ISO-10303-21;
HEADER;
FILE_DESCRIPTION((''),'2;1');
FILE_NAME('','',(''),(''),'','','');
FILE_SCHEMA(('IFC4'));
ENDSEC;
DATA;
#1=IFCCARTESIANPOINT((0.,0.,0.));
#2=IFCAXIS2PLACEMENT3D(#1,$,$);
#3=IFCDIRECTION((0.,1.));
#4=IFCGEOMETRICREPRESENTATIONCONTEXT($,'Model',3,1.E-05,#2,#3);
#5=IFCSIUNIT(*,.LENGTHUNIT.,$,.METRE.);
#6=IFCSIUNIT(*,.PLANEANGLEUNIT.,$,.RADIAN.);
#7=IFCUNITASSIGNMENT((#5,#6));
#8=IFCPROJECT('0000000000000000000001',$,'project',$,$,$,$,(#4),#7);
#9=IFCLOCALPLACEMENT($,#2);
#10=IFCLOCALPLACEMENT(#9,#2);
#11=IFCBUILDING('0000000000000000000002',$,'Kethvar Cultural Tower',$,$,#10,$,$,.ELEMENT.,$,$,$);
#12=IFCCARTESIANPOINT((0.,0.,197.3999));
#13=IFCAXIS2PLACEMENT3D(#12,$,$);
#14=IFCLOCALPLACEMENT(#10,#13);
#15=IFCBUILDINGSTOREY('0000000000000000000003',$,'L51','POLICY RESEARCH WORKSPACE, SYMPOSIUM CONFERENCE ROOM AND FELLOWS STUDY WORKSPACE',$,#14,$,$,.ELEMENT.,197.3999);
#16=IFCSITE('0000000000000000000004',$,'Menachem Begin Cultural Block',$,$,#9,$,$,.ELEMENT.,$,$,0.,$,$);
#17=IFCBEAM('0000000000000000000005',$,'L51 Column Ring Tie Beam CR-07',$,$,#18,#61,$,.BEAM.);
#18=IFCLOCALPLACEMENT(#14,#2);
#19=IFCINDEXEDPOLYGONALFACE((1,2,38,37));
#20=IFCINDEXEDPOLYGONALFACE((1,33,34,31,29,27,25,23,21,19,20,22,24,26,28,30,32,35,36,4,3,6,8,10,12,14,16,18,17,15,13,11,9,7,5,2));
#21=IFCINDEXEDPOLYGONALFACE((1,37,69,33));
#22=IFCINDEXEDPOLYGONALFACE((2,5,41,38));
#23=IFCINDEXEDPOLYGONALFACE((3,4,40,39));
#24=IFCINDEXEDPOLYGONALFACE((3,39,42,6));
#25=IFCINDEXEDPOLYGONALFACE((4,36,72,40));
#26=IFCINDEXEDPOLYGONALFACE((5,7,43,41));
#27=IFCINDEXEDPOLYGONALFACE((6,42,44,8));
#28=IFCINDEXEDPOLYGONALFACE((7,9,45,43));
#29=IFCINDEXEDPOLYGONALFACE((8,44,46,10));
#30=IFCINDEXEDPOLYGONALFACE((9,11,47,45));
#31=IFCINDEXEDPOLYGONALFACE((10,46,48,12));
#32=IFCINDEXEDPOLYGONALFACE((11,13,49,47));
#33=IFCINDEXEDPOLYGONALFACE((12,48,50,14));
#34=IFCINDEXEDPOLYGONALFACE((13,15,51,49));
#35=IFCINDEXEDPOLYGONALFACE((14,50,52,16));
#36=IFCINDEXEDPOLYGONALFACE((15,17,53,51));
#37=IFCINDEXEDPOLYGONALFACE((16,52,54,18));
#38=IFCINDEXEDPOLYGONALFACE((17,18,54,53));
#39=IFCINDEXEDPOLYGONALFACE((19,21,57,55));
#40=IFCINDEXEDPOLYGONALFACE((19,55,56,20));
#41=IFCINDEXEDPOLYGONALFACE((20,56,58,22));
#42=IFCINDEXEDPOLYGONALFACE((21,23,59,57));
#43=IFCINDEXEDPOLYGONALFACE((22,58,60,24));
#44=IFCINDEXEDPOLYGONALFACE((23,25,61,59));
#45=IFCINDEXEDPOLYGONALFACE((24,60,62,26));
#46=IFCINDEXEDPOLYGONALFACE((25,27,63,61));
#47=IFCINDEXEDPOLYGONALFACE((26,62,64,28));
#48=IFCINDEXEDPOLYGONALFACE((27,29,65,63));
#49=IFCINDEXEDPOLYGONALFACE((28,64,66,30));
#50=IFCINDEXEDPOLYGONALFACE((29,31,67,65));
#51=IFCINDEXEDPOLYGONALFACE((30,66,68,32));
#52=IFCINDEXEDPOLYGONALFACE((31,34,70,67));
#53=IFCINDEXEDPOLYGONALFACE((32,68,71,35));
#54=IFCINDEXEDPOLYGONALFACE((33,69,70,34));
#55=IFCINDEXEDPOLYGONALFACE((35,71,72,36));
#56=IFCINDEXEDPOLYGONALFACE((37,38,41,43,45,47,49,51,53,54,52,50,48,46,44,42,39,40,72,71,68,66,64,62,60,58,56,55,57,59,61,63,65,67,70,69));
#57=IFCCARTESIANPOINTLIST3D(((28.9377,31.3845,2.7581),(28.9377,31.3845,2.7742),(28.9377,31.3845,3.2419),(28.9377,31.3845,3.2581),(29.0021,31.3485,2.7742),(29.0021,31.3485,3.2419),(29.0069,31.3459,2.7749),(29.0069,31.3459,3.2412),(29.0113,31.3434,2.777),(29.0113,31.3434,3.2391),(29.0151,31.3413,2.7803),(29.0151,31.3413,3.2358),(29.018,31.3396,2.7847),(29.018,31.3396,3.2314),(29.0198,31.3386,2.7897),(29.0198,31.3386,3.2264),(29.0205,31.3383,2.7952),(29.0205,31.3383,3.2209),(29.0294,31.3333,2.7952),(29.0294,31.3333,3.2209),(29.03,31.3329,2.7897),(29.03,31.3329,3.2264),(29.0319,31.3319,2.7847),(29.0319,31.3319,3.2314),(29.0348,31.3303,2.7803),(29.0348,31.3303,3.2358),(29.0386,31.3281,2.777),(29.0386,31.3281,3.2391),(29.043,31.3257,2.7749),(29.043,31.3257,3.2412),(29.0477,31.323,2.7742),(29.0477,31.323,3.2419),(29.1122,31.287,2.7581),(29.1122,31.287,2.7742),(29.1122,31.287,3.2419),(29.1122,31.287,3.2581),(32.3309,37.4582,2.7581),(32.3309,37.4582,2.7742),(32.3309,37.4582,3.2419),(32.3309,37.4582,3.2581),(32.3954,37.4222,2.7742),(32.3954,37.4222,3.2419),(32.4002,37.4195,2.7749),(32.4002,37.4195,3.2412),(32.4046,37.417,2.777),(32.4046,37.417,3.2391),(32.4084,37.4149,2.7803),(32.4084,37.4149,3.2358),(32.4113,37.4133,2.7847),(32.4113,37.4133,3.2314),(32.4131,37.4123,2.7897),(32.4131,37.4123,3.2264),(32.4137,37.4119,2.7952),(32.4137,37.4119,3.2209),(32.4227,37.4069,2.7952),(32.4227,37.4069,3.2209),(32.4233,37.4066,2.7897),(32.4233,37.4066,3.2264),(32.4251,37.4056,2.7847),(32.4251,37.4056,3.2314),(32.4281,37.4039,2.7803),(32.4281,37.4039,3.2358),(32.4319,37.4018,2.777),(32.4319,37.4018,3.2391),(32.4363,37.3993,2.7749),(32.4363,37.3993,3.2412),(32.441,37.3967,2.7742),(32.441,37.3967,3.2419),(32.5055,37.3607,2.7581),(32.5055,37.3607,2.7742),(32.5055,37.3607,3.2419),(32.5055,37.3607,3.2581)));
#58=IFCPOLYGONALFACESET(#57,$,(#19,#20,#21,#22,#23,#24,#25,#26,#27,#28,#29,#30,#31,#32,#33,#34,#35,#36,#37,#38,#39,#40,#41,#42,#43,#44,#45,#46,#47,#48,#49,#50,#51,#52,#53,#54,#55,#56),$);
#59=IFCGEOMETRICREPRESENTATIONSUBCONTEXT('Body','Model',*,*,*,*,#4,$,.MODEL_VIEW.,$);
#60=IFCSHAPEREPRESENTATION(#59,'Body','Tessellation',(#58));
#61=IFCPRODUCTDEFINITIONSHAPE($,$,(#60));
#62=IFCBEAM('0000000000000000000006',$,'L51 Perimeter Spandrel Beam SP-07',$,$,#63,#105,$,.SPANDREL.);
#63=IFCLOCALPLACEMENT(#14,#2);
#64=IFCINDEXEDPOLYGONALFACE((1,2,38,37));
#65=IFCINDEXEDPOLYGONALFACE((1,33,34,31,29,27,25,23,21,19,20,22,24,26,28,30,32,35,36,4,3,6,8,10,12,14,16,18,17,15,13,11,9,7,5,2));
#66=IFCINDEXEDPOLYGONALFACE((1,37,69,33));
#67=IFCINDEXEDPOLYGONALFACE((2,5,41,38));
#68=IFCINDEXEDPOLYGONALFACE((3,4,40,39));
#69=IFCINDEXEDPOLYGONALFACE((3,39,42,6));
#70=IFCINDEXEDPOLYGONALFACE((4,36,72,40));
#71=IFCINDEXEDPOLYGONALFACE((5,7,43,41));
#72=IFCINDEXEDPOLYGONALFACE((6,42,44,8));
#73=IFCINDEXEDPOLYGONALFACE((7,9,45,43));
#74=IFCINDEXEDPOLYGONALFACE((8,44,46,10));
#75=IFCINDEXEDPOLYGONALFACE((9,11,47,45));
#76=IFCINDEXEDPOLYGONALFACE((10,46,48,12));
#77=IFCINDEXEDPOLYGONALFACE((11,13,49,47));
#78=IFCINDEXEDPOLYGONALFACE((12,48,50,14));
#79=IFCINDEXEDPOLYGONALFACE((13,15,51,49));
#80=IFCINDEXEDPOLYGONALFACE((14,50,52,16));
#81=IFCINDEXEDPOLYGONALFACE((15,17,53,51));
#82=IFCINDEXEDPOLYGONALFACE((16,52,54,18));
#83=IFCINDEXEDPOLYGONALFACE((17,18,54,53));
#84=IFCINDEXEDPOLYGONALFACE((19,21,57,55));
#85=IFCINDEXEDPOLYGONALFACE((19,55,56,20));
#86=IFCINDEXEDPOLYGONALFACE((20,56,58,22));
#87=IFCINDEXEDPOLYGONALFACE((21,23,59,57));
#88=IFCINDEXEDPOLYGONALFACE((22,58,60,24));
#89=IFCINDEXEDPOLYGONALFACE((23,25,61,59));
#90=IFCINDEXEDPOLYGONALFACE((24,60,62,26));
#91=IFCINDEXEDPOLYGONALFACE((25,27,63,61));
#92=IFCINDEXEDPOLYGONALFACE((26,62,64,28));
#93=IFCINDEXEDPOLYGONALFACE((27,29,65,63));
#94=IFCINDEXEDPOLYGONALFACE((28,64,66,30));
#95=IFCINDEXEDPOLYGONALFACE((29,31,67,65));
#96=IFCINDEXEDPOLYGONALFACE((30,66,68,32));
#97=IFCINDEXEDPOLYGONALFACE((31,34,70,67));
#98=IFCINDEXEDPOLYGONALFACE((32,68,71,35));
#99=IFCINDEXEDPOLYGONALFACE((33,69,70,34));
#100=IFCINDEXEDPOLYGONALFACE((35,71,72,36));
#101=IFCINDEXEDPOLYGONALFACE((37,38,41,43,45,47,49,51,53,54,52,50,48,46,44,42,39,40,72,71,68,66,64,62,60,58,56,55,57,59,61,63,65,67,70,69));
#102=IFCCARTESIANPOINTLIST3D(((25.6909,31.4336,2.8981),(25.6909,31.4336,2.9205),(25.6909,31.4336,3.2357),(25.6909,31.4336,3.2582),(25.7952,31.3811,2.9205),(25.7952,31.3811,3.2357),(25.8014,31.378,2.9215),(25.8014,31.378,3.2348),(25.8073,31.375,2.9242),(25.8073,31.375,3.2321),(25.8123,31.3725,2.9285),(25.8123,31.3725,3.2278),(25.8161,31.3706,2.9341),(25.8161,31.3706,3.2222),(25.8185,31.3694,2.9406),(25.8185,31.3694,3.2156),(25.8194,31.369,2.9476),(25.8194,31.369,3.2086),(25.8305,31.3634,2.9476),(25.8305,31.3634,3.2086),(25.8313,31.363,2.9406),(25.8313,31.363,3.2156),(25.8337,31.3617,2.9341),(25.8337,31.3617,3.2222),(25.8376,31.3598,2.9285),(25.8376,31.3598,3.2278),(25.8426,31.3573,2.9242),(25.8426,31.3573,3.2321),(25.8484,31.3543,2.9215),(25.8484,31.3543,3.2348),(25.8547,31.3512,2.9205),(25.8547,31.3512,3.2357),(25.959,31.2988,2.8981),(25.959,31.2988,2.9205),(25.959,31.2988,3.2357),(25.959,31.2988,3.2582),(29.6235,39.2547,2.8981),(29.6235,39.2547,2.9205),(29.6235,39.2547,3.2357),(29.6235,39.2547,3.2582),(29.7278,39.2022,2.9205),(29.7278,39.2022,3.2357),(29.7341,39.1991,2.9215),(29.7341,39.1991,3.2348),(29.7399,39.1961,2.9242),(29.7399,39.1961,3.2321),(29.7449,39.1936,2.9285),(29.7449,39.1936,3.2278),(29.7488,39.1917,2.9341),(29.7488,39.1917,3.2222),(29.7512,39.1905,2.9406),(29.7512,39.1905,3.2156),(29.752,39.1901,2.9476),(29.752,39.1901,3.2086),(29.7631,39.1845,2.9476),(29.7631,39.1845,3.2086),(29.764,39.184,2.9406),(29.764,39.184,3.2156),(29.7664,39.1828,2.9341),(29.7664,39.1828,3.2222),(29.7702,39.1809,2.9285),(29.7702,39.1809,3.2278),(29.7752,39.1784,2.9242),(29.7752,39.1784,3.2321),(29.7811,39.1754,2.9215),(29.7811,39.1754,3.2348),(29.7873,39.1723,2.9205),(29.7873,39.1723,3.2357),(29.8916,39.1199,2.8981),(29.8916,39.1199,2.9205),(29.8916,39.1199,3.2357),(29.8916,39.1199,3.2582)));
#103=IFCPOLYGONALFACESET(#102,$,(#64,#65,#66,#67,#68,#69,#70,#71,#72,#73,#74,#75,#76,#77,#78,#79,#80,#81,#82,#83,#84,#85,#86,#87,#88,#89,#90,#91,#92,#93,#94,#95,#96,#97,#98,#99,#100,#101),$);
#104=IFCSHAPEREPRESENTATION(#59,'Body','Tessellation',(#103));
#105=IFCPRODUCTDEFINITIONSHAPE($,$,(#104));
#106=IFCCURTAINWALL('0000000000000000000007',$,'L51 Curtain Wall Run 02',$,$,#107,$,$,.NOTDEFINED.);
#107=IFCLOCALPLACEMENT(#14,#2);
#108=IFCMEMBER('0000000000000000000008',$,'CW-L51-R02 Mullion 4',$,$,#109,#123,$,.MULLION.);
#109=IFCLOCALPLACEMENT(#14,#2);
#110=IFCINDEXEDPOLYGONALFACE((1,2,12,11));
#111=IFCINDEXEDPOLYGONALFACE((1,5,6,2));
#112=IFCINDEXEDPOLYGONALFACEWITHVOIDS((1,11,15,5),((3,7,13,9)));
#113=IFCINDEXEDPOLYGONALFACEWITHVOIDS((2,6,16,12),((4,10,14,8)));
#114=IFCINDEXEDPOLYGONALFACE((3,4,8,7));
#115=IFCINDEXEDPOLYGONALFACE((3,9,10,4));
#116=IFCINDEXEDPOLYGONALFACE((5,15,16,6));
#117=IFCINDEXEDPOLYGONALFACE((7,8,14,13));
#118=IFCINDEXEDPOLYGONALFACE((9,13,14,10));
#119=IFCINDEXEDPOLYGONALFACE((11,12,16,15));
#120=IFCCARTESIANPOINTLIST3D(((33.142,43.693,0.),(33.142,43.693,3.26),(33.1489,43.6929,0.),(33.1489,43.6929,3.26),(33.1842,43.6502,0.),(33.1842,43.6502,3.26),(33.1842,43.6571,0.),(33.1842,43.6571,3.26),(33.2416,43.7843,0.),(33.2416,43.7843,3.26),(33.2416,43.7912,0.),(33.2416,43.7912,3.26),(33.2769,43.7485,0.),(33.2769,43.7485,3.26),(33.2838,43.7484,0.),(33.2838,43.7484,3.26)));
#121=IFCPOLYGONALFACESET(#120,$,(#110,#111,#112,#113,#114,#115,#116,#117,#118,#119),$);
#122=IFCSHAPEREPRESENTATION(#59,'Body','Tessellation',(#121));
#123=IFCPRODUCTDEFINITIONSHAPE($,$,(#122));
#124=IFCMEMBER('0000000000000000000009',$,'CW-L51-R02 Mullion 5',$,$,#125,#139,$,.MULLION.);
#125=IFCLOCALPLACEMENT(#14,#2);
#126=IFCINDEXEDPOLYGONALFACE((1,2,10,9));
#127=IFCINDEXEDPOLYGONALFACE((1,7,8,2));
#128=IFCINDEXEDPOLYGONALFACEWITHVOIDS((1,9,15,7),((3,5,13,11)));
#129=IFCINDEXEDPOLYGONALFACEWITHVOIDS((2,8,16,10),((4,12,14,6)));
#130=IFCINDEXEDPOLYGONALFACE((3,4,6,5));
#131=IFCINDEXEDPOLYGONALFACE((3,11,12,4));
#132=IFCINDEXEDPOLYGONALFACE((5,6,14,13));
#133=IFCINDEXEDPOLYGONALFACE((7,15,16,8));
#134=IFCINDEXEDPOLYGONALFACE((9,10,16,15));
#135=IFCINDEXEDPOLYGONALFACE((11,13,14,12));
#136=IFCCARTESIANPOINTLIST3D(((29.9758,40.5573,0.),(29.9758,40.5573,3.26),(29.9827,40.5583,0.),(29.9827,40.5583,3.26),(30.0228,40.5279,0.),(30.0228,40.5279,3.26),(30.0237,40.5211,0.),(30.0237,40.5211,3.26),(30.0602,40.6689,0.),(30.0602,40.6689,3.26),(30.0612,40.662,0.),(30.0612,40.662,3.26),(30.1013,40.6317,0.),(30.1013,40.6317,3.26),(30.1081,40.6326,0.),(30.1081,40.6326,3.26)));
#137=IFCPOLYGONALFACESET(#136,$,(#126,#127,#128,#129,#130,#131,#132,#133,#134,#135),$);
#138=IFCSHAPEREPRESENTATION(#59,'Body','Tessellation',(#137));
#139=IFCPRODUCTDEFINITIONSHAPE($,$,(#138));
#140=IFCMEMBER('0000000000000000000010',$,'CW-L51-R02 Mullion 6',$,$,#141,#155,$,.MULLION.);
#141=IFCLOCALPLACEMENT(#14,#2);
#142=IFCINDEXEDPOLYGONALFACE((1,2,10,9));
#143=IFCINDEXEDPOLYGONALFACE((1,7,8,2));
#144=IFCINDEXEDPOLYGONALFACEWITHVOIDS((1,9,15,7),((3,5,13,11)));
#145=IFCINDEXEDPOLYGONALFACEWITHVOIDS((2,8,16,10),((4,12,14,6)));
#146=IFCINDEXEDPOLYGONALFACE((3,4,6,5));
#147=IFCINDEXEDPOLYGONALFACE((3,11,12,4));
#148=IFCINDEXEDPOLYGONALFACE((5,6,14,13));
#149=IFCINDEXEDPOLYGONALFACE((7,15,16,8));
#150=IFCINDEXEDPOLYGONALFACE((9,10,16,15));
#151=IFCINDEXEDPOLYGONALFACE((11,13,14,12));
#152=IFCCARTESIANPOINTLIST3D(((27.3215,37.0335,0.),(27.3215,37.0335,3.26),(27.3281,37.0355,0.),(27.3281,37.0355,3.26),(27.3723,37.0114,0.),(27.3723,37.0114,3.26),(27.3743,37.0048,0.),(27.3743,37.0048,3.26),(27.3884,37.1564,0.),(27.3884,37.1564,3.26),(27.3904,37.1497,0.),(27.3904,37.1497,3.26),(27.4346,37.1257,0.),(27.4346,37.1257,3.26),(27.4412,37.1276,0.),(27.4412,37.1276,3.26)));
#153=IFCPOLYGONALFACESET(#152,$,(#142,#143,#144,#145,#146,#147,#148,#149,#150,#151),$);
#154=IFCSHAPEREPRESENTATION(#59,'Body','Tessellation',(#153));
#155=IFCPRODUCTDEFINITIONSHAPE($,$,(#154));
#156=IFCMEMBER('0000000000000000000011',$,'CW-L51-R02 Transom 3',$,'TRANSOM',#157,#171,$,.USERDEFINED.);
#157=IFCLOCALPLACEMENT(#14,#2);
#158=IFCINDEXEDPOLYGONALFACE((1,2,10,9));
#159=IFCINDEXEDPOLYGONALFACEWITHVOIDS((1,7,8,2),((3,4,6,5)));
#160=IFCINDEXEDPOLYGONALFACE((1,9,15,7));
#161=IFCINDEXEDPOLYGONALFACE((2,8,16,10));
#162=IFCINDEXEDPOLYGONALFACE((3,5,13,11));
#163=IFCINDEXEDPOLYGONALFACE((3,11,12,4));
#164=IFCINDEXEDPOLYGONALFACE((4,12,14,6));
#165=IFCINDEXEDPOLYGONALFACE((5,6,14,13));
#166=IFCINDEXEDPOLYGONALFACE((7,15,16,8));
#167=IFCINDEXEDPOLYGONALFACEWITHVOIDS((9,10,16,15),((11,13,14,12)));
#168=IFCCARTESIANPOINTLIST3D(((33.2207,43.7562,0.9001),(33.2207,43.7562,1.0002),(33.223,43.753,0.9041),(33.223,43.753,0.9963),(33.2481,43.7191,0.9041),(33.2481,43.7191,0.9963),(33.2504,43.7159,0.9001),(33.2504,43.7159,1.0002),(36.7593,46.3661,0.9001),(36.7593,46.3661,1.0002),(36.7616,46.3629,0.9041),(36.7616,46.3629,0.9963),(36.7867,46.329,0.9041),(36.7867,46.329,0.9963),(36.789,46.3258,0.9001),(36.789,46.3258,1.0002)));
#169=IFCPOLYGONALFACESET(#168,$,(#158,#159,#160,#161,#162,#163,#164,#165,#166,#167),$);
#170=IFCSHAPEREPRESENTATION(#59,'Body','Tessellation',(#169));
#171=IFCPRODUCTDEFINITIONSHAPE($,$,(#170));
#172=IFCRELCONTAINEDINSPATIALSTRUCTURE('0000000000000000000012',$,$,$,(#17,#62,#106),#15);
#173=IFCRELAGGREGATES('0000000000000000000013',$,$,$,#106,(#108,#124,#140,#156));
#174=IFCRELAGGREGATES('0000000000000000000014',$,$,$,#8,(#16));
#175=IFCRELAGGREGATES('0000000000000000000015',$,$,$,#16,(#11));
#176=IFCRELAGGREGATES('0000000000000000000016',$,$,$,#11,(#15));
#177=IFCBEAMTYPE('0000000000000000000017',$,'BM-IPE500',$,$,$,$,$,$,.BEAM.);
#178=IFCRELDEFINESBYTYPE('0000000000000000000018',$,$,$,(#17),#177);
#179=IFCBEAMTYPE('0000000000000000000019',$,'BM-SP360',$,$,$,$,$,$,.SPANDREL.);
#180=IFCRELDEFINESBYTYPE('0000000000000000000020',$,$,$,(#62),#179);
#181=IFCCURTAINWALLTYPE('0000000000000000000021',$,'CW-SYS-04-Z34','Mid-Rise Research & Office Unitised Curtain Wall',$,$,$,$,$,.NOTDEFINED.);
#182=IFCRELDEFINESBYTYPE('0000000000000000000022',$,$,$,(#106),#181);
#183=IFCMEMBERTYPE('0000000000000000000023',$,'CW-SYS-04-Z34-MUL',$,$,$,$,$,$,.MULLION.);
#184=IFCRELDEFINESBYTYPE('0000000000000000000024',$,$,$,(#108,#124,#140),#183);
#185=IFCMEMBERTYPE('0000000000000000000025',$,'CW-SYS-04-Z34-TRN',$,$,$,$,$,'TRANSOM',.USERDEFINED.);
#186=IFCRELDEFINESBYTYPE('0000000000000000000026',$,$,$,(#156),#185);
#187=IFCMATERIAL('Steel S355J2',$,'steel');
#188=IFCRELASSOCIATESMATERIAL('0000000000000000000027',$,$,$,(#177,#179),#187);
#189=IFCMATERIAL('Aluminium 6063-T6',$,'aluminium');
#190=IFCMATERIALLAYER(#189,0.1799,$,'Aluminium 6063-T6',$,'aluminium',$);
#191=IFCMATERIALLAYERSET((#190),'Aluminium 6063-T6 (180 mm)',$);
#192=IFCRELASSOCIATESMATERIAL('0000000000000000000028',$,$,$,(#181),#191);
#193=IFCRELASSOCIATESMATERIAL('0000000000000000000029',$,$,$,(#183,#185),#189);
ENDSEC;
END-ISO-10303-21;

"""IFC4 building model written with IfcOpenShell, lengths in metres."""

from ifc_helpers import new_model, si_unit, direction, frame, origin, origin_2d, place, context, subcontext, project, spatial, hollow_rectangle, i_section, extrude, source, transform, mapped, material, layer, layer_set, material_profile, profile_set, type_object, element, aggregate, save


model = new_model("IFC4")

# Units and contexts
model_context = context("Model", 3, precision=1e-05, world=origin(), true_north=direction((0.0, 1.0)))
body_context = subcontext(model_context, "Body", "Model", "MODEL_VIEW")
ifc_project = project(units=[si_unit("LENGTHUNIT", "METRE"), si_unit("PLANEANGLEUNIT", "RADIAN")], contexts=[model_context])

# Site, building, storey
site_placement = place(None, origin())
site = spatial("IfcSite", under=ifc_project, at=site_placement, Name="Menachem Begin Cultural Block", CompositionType="ELEMENT", RefElevation=0.0)
building_placement = place(site_placement, origin())
building = spatial("IfcBuilding", under=site, at=building_placement, Name="Kethvar Cultural Tower", CompositionType="ELEMENT")
storey_placement = place(building_placement, frame((0.0, 0.0, 197.3999)))
storey = spatial("IfcBuildingStorey", under=building, at=storey_placement, Name="L51", Description="POLICY RESEARCH WORKSPACE, SYMPOSIUM CONFERENCE ROOM AND FELLOWS STUDY WORKSPACE", CompositionType="ELEMENT", Elevation=197.3999)

# Beams
ifc_material_1 = material(Name="Steel S355J2", Category="steel")
ifc_material_profile_1 = material_profile(ifc_material_1, i_section(OverallWidth=0.2, OverallDepth=0.5, WebThickness=0.0103, FlangeThickness=0.0161, FilletRadius=0.021, at=origin_2d()), Name="Steel S355J2 — IPE500")
ifc_profile_set_1 = profile_set([ifc_material_profile_1], Name="Steel S355J2 — IPE500")
beam_type_1 = type_object("IfcBeamType", Name="BM-IPE500", PredefinedType="BEAM", material=ifc_profile_set_1)
ifc_material_profile_2 = material_profile(ifc_material_1, i_section(OverallWidth=0.3, OverallDepth=0.3601, WebThickness=0.0125, FlangeThickness=0.0225, FilletRadius=0.0271, at=origin_2d()), Name="Steel S355J2 — HEB360")
ifc_profile_set_2 = profile_set([ifc_material_profile_2], Name="Steel S355J2 — HEB360")
beam_type_2 = type_object("IfcBeamType", Name="BM-SP360", PredefinedType="SPANDREL", material=ifc_profile_set_2)
shared_shape_1 = source(origin(), body_context, "Body", "SweptSolid", [
    extrude(i_section(OverallWidth=0.2, OverallDepth=0.5, WebThickness=0.0103, FlangeThickness=0.0161, FilletRadius=0.021, at=origin_2d()), origin(), (0.0, 0.0, 1.0), 6.9573),
])
beam_1_placement = place(storey_placement, frame((32.4182, 37.4094, 3.0081), z_axis=(-0.48773, -0.872994, 0.0), x_axis=(0.872994, -0.48773, 0.0)))
element("IfcBeam", 1, at=beam_1_placement, inside=storey, type_object=beam_type_1, Name="L51 Column Ring Tie Beam CR-07", PredefinedType="BEAM", context=body_context, shape_type="MappedRepresentation", body=[
    mapped(shared_shape_1, transform((0.0, 0.0, 0.0), scale=1.0)),
])
shared_shape_2 = source(origin(), body_context, "Body", "SweptSolid", [
    extrude(i_section(OverallWidth=0.3, OverallDepth=0.3601, WebThickness=0.0125, FlangeThickness=0.0225, FilletRadius=0.0271, at=origin_2d()), origin(), (0.0, 0.0, 1.0), 8.7542),
])
beam_2_placement = place(storey_placement, frame((29.7576, 39.1873, 3.0781), z_axis=(-0.449232, -0.893415, 0.0), x_axis=(0.893415, -0.449232, 0.0)))
element("IfcBeam", 2, at=beam_2_placement, inside=storey, type_object=beam_type_2, Name="L51 Perimeter Spandrel Beam SP-07", PredefinedType="SPANDREL", context=body_context, shape_type="MappedRepresentation", body=[
    mapped(shared_shape_2, transform((0.0, 0.0, 0.0), scale=1.0)),
])

# Curtain wall, members
ifc_material_2 = material(Name="Aluminium 6063-T6", Category="aluminium")
ifc_layer_1 = layer(ifc_material_2, 0.1799, Name="Aluminium 6063-T6", Category="aluminium")
ifc_layer_set_1 = layer_set([ifc_layer_1], Name="Aluminium 6063-T6 (180 mm)")
curtain_wall_type = type_object("IfcCurtainWallType", Name="CW-SYS-04-Z34", Description="Mid-Rise Research & Office Unitised Curtain Wall", PredefinedType="NOTDEFINED", material=ifc_layer_set_1)
curtain_wall_placement = place(storey_placement, origin())
curtain_wall = element("IfcCurtainWall", 3, at=curtain_wall_placement, inside=storey, type_object=curtain_wall_type, Name="L51 Curtain Wall Run 02", PredefinedType="NOTDEFINED")
ifc_material_profile_3 = material_profile(ifc_material_2, hollow_rectangle(XDim=0.0601, YDim=0.1399, WallThickness=0.0049, at=origin_2d()), Name="Aluminium 6063-T6 — RHS140x60x5")
ifc_profile_set_3 = profile_set([ifc_material_profile_3], Name="Aluminium 6063-T6 — RHS140x60x5")
member_type_1 = type_object("IfcMemberType", Name="CW-SYS-04-Z34-MUL", PredefinedType="MULLION", material=ifc_profile_set_3)
shared_shape_3 = source(origin(), body_context, "Body", "SweptSolid", [
    extrude(hollow_rectangle(XDim=0.0601, YDim=0.1399, WallThickness=0.0049, at=origin_2d()), origin(), (0.0, 0.0, 1.0), 3.26),
])
member_1_placement = place(storey_placement, frame((33.2129, 43.7207, 0.0), z_axis=(0.0, 0.0, 1.0), x_axis=(0.70219, -0.711989, 0.0)))
member_1 = element("IfcMember", 4, at=member_1_placement, type_object=member_type_1, Name="CW-L51-R02 Mullion 4", PredefinedType="MULLION", context=body_context, shape_type="MappedRepresentation", body=[
    mapped(shared_shape_3, transform((0.0, 0.0, 0.0), scale=1.0)),
])
member_2_placement = place(storey_placement, frame((30.042, 40.595, 0.0), z_axis=(0.0, 0.0, 1.0), x_axis=(0.797468, -0.603361, 0.0)))
member_2 = element("IfcMember", 5, at=member_2_placement, type_object=member_type_1, Name="CW-L51-R02 Mullion 5", PredefinedType="MULLION", context=body_context, shape_type="MappedRepresentation", body=[
    mapped(shared_shape_3, transform((0.0, 0.0, 0.0), scale=1.0)),
])
member_3_placement = place(storey_placement, frame((27.3813, 37.0806, 0.0), z_axis=(0.0, 0.0, 1.0), x_axis=(0.878142, -0.478401, 0.0)))
member_3 = element("IfcMember", 6, at=member_3_placement, type_object=member_type_1, Name="CW-L51-R02 Mullion 6", PredefinedType="MULLION", context=body_context, shape_type="MappedRepresentation", body=[
    mapped(shared_shape_3, transform((0.0, 0.0, 0.0), scale=1.0)),
])
ifc_material_profile_4 = material_profile(ifc_material_2, hollow_rectangle(XDim=0.05, YDim=0.1001, WallThickness=0.0039, at=origin_2d()), Name="Aluminium 6063-T6 — RHS100x50x4")
ifc_profile_set_4 = profile_set([ifc_material_profile_4], Name="Aluminium 6063-T6 — RHS100x50x4")
member_type_2 = type_object("IfcMemberType", Name="CW-SYS-04-Z34-TRN", ElementType="TRANSOM", PredefinedType="USERDEFINED", material=ifc_profile_set_4)
shared_shape_4 = source(origin(), body_context, "Body", "SweptSolid", [
    extrude(hollow_rectangle(XDim=0.05, YDim=0.1001, WallThickness=0.0039, at=origin_2d()), origin(), (0.0, 0.0, 1.0), 4.397),
])
member_4_placement = place(storey_placement, frame((36.7742, 46.3459, 0.9502), z_axis=(-0.804785, -0.593566, 0.0), x_axis=(0.593566, -0.804785, 0.0)))
member_4 = element("IfcMember", 7, at=member_4_placement, type_object=member_type_2, Name="CW-L51-R02 Transom 3", ObjectType="TRANSOM", PredefinedType="USERDEFINED", context=body_context, shape_type="MappedRepresentation", body=[
    mapped(shared_shape_4, transform((0.0, 0.0, 0.0), scale=1.0)),
])
aggregate(curtain_wall, [member_1, member_2, member_3, member_4])

save(model, "model.ifc")
